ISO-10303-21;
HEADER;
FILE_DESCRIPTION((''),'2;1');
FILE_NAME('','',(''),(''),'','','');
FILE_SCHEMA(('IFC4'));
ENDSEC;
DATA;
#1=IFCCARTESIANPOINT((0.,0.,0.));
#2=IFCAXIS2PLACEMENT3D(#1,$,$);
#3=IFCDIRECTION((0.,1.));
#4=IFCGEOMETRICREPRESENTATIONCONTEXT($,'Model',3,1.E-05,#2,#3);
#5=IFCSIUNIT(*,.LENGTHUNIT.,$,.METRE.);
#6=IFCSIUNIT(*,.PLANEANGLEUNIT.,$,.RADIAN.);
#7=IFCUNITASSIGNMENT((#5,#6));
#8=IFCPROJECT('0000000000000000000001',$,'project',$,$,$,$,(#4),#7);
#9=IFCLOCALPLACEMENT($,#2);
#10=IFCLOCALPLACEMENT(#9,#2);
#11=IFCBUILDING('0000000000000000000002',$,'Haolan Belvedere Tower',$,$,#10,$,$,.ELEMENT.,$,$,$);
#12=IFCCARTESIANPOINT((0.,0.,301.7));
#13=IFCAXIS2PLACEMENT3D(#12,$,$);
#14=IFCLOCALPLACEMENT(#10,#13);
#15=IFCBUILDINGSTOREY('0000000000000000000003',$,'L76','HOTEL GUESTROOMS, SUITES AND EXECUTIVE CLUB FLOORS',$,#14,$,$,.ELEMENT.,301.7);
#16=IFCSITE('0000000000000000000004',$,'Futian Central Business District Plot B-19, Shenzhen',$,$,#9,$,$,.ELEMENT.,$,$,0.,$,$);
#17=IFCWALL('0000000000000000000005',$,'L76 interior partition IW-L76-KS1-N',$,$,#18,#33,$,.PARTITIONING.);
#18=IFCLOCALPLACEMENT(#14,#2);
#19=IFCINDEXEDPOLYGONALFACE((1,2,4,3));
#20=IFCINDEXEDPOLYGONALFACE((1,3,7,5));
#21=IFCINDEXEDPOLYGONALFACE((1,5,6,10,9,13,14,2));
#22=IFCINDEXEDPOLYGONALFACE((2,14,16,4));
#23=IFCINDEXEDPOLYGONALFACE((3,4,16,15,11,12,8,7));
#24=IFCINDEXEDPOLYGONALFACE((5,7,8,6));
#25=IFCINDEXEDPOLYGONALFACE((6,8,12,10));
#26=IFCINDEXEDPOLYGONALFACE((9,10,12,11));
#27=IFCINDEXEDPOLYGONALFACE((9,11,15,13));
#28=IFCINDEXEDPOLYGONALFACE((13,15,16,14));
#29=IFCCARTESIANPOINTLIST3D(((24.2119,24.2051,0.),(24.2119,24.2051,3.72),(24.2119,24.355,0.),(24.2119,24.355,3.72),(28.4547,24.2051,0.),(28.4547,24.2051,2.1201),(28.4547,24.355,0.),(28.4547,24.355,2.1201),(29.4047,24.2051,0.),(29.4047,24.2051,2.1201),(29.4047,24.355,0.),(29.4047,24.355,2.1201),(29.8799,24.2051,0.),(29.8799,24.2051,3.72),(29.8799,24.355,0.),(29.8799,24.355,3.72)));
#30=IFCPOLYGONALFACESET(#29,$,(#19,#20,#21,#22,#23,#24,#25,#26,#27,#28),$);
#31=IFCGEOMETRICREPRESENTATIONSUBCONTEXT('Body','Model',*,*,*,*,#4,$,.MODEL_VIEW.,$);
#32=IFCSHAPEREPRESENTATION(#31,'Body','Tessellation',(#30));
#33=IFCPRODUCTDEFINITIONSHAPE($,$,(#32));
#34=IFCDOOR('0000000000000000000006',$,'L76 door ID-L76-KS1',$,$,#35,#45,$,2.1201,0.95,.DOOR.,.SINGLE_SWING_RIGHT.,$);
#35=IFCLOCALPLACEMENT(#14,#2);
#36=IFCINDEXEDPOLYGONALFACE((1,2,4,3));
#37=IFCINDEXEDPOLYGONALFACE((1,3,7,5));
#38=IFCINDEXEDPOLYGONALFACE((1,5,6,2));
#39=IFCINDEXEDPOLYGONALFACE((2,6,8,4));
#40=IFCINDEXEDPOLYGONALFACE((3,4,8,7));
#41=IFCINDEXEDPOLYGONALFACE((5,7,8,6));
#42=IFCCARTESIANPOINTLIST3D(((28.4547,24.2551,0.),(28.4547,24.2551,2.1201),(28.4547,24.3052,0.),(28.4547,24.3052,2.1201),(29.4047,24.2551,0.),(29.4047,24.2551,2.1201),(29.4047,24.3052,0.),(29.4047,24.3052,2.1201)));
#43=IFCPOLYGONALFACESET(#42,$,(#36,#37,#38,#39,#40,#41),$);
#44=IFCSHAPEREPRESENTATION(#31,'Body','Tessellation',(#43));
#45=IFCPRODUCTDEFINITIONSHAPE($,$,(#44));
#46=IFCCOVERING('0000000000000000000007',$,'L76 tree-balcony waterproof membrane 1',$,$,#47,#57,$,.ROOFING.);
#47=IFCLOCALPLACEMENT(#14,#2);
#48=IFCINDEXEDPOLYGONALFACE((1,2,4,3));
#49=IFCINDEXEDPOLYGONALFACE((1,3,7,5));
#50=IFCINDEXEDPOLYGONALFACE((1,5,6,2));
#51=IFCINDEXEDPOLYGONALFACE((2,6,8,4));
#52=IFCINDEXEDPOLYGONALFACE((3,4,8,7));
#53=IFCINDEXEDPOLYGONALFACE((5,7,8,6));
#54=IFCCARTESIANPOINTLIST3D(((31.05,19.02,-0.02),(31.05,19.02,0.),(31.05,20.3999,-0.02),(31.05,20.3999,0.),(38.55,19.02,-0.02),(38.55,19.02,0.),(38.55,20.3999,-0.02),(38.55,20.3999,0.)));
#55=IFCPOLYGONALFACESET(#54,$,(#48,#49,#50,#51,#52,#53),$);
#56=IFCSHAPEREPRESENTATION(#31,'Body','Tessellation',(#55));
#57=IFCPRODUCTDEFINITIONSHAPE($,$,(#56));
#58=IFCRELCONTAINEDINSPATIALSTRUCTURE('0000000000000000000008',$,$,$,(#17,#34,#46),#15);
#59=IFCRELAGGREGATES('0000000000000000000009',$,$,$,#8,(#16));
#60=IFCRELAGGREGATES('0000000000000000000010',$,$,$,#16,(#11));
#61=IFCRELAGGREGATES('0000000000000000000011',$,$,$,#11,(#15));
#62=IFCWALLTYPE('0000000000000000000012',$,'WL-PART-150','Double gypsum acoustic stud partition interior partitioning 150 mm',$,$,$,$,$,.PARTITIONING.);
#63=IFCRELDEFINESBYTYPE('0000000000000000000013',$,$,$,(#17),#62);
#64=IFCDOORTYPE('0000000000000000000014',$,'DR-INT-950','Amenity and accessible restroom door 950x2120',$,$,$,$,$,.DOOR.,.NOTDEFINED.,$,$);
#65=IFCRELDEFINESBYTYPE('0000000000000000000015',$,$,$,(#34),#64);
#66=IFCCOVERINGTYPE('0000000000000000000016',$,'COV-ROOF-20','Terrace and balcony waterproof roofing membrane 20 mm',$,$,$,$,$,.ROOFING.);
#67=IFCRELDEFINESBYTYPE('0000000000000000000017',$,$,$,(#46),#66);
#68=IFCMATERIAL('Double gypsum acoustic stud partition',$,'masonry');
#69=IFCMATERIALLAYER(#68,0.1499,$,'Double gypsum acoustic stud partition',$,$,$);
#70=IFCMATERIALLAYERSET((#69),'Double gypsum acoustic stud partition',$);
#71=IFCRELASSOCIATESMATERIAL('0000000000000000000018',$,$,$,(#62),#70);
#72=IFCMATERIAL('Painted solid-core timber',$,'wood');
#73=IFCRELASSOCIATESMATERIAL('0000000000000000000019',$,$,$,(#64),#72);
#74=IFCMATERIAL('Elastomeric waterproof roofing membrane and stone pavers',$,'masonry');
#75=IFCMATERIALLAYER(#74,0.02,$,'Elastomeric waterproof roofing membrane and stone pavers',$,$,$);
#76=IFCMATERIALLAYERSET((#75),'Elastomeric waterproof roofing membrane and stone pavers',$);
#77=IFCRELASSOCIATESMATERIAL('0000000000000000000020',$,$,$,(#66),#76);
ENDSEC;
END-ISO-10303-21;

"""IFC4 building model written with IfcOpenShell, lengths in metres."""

from ifc_helpers import new_model, si_unit, direction, frame, frame_2d, origin, place, context, subcontext, project, spatial, polyline, rectangle, outline, extrude, material, layer, layer_set, type_object, element, fill, save


model = new_model("IFC4")

# Units and contexts
model_context = context("Model", 3, precision=1e-05, world=origin(), true_north=direction((0.0, 1.0)))
body_context = subcontext(model_context, "Body", "Model", "MODEL_VIEW")
ifc_project = project(units=[si_unit("LENGTHUNIT", "METRE"), si_unit("PLANEANGLEUNIT", "RADIAN")], contexts=[model_context])

# Site, building, storey
site_placement = place(None, origin())
site = spatial("IfcSite", under=ifc_project, at=site_placement, Name="Futian Central Business District Plot B-19, Shenzhen", CompositionType="ELEMENT", RefElevation=0.0)
building_placement = place(site_placement, origin())
building = spatial("IfcBuilding", under=site, at=building_placement, Name="Haolan Belvedere Tower", CompositionType="ELEMENT")
storey_placement = place(building_placement, frame((0.0, 0.0, 301.7)))
storey = spatial("IfcBuildingStorey", under=building, at=storey_placement, Name="L76", Description="HOTEL GUESTROOMS, SUITES AND EXECUTIVE CLUB FLOORS", CompositionType="ELEMENT", Elevation=301.7)

# Shared definitions
ifc_material_1 = material(Name="Double gypsum acoustic stud partition", Category="masonry")
ifc_layer_1 = layer(ifc_material_1, 0.1499, Name="Double gypsum acoustic stud partition")
ifc_layer_set_1 = layer_set([ifc_layer_1], Name="Double gypsum acoustic stud partition")
wall_type_1 = type_object("IfcWallType", Name="WL-PART-150", Description="Double gypsum acoustic stud partition interior partitioning 150 mm", PredefinedType="PARTITIONING", material=ifc_layer_set_1)

# Shared definitions
ifc_material_2 = material(Name="Painted solid-core timber", Category="wood")
door_type = type_object("IfcDoorType", Name="DR-INT-950", Description="Amenity and accessible restroom door 950x2120", OperationType="NOTDEFINED", PredefinedType="DOOR", material=ifc_material_2)

# Wall, opening, door
wall_1_placement = place(storey_placement, frame((24.2119, 24.28, 0.0), z_axis=(0.0, 0.0, 1.0), x_axis=(1.0, 0.0, 0.0)))
wall_1 = element("IfcWall", 1, at=wall_1_placement, inside=storey, type_object=wall_type_1, Name="L76 interior partition IW-L76-KS1-N", PredefinedType="PARTITIONING", context=body_context, shape_type="SweptSolid", body=[
    extrude(rectangle(XDim=5.668, YDim=0.1499, at=frame_2d((2.834, 0.0))), origin(), (0.0, 0.0, 1.0), 3.72),
])
opening_1_placement = place(wall_1_placement, frame((5.1929, 0.0, 0.0), z_axis=(0.0, 0.0, 1.0), x_axis=(-1.0, 0.0, 0.0)))
opening_1 = element("IfcOpeningElement", 2, at=opening_1_placement, cuts=wall_1, PredefinedType="OPENING", context=body_context, shape_type="SweptSolid", body=[
    extrude(rectangle(XDim=0.95, YDim=2.1201, at=frame_2d((0.4751, 1.0601))), frame((0.0, 0.085, 0.0), z_axis=(0.0, -1.0, 0.0), x_axis=(1.0, 0.0, 0.0)), (0.0, 0.0, 1.0), 0.1699),
])
door_1_placement = place(opening_1_placement, origin())
door_1 = element("IfcDoor", 3, at=door_1_placement, inside=storey, type_object=door_type, Name="L76 door ID-L76-KS1", OperationType="SINGLE_SWING_RIGHT", OverallHeight=2.1201, OverallWidth=0.95, PredefinedType="DOOR", context=body_context, shape_type="SweptSolid", body=[
    extrude(rectangle(XDim=0.95, YDim=2.1201, at=frame_2d((0.4751, 1.0601))), frame((0.0, 0.0249, 0.0), z_axis=(0.0, -1.0, 0.0), x_axis=(1.0, 0.0, 0.0)), (0.0, 0.0, 1.0), 0.05),
])
fill(opening_1, door_1)

# Covering
ifc_material_3 = material(Name="Elastomeric waterproof roofing membrane and stone pavers", Category="masonry")
ifc_layer_2 = layer(ifc_material_3, 0.02, Name="Elastomeric waterproof roofing membrane and stone pavers")
ifc_layer_set_2 = layer_set([ifc_layer_2], Name="Elastomeric waterproof roofing membrane and stone pavers")
covering_type = type_object("IfcCoveringType", Name="COV-ROOF-20", Description="Terrace and balcony waterproof roofing membrane 20 mm", PredefinedType="ROOFING", material=ifc_layer_set_2)
covering_placement = place(storey_placement, frame((0.0, 0.0, -0.02)))
element("IfcCovering", 4, at=covering_placement, inside=storey, type_object=covering_type, Name="L76 tree-balcony waterproof membrane 1", PredefinedType="ROOFING", context=body_context, shape_type="SweptSolid", body=[
    extrude(outline(polyline([(31.05, 19.02), (38.55, 19.02), (38.55, 20.3999), (31.05, 20.3999), (31.05, 19.02)])), origin(), (0.0, 0.0, 1.0), 0.02),
])

save(model, "model.ifc")
